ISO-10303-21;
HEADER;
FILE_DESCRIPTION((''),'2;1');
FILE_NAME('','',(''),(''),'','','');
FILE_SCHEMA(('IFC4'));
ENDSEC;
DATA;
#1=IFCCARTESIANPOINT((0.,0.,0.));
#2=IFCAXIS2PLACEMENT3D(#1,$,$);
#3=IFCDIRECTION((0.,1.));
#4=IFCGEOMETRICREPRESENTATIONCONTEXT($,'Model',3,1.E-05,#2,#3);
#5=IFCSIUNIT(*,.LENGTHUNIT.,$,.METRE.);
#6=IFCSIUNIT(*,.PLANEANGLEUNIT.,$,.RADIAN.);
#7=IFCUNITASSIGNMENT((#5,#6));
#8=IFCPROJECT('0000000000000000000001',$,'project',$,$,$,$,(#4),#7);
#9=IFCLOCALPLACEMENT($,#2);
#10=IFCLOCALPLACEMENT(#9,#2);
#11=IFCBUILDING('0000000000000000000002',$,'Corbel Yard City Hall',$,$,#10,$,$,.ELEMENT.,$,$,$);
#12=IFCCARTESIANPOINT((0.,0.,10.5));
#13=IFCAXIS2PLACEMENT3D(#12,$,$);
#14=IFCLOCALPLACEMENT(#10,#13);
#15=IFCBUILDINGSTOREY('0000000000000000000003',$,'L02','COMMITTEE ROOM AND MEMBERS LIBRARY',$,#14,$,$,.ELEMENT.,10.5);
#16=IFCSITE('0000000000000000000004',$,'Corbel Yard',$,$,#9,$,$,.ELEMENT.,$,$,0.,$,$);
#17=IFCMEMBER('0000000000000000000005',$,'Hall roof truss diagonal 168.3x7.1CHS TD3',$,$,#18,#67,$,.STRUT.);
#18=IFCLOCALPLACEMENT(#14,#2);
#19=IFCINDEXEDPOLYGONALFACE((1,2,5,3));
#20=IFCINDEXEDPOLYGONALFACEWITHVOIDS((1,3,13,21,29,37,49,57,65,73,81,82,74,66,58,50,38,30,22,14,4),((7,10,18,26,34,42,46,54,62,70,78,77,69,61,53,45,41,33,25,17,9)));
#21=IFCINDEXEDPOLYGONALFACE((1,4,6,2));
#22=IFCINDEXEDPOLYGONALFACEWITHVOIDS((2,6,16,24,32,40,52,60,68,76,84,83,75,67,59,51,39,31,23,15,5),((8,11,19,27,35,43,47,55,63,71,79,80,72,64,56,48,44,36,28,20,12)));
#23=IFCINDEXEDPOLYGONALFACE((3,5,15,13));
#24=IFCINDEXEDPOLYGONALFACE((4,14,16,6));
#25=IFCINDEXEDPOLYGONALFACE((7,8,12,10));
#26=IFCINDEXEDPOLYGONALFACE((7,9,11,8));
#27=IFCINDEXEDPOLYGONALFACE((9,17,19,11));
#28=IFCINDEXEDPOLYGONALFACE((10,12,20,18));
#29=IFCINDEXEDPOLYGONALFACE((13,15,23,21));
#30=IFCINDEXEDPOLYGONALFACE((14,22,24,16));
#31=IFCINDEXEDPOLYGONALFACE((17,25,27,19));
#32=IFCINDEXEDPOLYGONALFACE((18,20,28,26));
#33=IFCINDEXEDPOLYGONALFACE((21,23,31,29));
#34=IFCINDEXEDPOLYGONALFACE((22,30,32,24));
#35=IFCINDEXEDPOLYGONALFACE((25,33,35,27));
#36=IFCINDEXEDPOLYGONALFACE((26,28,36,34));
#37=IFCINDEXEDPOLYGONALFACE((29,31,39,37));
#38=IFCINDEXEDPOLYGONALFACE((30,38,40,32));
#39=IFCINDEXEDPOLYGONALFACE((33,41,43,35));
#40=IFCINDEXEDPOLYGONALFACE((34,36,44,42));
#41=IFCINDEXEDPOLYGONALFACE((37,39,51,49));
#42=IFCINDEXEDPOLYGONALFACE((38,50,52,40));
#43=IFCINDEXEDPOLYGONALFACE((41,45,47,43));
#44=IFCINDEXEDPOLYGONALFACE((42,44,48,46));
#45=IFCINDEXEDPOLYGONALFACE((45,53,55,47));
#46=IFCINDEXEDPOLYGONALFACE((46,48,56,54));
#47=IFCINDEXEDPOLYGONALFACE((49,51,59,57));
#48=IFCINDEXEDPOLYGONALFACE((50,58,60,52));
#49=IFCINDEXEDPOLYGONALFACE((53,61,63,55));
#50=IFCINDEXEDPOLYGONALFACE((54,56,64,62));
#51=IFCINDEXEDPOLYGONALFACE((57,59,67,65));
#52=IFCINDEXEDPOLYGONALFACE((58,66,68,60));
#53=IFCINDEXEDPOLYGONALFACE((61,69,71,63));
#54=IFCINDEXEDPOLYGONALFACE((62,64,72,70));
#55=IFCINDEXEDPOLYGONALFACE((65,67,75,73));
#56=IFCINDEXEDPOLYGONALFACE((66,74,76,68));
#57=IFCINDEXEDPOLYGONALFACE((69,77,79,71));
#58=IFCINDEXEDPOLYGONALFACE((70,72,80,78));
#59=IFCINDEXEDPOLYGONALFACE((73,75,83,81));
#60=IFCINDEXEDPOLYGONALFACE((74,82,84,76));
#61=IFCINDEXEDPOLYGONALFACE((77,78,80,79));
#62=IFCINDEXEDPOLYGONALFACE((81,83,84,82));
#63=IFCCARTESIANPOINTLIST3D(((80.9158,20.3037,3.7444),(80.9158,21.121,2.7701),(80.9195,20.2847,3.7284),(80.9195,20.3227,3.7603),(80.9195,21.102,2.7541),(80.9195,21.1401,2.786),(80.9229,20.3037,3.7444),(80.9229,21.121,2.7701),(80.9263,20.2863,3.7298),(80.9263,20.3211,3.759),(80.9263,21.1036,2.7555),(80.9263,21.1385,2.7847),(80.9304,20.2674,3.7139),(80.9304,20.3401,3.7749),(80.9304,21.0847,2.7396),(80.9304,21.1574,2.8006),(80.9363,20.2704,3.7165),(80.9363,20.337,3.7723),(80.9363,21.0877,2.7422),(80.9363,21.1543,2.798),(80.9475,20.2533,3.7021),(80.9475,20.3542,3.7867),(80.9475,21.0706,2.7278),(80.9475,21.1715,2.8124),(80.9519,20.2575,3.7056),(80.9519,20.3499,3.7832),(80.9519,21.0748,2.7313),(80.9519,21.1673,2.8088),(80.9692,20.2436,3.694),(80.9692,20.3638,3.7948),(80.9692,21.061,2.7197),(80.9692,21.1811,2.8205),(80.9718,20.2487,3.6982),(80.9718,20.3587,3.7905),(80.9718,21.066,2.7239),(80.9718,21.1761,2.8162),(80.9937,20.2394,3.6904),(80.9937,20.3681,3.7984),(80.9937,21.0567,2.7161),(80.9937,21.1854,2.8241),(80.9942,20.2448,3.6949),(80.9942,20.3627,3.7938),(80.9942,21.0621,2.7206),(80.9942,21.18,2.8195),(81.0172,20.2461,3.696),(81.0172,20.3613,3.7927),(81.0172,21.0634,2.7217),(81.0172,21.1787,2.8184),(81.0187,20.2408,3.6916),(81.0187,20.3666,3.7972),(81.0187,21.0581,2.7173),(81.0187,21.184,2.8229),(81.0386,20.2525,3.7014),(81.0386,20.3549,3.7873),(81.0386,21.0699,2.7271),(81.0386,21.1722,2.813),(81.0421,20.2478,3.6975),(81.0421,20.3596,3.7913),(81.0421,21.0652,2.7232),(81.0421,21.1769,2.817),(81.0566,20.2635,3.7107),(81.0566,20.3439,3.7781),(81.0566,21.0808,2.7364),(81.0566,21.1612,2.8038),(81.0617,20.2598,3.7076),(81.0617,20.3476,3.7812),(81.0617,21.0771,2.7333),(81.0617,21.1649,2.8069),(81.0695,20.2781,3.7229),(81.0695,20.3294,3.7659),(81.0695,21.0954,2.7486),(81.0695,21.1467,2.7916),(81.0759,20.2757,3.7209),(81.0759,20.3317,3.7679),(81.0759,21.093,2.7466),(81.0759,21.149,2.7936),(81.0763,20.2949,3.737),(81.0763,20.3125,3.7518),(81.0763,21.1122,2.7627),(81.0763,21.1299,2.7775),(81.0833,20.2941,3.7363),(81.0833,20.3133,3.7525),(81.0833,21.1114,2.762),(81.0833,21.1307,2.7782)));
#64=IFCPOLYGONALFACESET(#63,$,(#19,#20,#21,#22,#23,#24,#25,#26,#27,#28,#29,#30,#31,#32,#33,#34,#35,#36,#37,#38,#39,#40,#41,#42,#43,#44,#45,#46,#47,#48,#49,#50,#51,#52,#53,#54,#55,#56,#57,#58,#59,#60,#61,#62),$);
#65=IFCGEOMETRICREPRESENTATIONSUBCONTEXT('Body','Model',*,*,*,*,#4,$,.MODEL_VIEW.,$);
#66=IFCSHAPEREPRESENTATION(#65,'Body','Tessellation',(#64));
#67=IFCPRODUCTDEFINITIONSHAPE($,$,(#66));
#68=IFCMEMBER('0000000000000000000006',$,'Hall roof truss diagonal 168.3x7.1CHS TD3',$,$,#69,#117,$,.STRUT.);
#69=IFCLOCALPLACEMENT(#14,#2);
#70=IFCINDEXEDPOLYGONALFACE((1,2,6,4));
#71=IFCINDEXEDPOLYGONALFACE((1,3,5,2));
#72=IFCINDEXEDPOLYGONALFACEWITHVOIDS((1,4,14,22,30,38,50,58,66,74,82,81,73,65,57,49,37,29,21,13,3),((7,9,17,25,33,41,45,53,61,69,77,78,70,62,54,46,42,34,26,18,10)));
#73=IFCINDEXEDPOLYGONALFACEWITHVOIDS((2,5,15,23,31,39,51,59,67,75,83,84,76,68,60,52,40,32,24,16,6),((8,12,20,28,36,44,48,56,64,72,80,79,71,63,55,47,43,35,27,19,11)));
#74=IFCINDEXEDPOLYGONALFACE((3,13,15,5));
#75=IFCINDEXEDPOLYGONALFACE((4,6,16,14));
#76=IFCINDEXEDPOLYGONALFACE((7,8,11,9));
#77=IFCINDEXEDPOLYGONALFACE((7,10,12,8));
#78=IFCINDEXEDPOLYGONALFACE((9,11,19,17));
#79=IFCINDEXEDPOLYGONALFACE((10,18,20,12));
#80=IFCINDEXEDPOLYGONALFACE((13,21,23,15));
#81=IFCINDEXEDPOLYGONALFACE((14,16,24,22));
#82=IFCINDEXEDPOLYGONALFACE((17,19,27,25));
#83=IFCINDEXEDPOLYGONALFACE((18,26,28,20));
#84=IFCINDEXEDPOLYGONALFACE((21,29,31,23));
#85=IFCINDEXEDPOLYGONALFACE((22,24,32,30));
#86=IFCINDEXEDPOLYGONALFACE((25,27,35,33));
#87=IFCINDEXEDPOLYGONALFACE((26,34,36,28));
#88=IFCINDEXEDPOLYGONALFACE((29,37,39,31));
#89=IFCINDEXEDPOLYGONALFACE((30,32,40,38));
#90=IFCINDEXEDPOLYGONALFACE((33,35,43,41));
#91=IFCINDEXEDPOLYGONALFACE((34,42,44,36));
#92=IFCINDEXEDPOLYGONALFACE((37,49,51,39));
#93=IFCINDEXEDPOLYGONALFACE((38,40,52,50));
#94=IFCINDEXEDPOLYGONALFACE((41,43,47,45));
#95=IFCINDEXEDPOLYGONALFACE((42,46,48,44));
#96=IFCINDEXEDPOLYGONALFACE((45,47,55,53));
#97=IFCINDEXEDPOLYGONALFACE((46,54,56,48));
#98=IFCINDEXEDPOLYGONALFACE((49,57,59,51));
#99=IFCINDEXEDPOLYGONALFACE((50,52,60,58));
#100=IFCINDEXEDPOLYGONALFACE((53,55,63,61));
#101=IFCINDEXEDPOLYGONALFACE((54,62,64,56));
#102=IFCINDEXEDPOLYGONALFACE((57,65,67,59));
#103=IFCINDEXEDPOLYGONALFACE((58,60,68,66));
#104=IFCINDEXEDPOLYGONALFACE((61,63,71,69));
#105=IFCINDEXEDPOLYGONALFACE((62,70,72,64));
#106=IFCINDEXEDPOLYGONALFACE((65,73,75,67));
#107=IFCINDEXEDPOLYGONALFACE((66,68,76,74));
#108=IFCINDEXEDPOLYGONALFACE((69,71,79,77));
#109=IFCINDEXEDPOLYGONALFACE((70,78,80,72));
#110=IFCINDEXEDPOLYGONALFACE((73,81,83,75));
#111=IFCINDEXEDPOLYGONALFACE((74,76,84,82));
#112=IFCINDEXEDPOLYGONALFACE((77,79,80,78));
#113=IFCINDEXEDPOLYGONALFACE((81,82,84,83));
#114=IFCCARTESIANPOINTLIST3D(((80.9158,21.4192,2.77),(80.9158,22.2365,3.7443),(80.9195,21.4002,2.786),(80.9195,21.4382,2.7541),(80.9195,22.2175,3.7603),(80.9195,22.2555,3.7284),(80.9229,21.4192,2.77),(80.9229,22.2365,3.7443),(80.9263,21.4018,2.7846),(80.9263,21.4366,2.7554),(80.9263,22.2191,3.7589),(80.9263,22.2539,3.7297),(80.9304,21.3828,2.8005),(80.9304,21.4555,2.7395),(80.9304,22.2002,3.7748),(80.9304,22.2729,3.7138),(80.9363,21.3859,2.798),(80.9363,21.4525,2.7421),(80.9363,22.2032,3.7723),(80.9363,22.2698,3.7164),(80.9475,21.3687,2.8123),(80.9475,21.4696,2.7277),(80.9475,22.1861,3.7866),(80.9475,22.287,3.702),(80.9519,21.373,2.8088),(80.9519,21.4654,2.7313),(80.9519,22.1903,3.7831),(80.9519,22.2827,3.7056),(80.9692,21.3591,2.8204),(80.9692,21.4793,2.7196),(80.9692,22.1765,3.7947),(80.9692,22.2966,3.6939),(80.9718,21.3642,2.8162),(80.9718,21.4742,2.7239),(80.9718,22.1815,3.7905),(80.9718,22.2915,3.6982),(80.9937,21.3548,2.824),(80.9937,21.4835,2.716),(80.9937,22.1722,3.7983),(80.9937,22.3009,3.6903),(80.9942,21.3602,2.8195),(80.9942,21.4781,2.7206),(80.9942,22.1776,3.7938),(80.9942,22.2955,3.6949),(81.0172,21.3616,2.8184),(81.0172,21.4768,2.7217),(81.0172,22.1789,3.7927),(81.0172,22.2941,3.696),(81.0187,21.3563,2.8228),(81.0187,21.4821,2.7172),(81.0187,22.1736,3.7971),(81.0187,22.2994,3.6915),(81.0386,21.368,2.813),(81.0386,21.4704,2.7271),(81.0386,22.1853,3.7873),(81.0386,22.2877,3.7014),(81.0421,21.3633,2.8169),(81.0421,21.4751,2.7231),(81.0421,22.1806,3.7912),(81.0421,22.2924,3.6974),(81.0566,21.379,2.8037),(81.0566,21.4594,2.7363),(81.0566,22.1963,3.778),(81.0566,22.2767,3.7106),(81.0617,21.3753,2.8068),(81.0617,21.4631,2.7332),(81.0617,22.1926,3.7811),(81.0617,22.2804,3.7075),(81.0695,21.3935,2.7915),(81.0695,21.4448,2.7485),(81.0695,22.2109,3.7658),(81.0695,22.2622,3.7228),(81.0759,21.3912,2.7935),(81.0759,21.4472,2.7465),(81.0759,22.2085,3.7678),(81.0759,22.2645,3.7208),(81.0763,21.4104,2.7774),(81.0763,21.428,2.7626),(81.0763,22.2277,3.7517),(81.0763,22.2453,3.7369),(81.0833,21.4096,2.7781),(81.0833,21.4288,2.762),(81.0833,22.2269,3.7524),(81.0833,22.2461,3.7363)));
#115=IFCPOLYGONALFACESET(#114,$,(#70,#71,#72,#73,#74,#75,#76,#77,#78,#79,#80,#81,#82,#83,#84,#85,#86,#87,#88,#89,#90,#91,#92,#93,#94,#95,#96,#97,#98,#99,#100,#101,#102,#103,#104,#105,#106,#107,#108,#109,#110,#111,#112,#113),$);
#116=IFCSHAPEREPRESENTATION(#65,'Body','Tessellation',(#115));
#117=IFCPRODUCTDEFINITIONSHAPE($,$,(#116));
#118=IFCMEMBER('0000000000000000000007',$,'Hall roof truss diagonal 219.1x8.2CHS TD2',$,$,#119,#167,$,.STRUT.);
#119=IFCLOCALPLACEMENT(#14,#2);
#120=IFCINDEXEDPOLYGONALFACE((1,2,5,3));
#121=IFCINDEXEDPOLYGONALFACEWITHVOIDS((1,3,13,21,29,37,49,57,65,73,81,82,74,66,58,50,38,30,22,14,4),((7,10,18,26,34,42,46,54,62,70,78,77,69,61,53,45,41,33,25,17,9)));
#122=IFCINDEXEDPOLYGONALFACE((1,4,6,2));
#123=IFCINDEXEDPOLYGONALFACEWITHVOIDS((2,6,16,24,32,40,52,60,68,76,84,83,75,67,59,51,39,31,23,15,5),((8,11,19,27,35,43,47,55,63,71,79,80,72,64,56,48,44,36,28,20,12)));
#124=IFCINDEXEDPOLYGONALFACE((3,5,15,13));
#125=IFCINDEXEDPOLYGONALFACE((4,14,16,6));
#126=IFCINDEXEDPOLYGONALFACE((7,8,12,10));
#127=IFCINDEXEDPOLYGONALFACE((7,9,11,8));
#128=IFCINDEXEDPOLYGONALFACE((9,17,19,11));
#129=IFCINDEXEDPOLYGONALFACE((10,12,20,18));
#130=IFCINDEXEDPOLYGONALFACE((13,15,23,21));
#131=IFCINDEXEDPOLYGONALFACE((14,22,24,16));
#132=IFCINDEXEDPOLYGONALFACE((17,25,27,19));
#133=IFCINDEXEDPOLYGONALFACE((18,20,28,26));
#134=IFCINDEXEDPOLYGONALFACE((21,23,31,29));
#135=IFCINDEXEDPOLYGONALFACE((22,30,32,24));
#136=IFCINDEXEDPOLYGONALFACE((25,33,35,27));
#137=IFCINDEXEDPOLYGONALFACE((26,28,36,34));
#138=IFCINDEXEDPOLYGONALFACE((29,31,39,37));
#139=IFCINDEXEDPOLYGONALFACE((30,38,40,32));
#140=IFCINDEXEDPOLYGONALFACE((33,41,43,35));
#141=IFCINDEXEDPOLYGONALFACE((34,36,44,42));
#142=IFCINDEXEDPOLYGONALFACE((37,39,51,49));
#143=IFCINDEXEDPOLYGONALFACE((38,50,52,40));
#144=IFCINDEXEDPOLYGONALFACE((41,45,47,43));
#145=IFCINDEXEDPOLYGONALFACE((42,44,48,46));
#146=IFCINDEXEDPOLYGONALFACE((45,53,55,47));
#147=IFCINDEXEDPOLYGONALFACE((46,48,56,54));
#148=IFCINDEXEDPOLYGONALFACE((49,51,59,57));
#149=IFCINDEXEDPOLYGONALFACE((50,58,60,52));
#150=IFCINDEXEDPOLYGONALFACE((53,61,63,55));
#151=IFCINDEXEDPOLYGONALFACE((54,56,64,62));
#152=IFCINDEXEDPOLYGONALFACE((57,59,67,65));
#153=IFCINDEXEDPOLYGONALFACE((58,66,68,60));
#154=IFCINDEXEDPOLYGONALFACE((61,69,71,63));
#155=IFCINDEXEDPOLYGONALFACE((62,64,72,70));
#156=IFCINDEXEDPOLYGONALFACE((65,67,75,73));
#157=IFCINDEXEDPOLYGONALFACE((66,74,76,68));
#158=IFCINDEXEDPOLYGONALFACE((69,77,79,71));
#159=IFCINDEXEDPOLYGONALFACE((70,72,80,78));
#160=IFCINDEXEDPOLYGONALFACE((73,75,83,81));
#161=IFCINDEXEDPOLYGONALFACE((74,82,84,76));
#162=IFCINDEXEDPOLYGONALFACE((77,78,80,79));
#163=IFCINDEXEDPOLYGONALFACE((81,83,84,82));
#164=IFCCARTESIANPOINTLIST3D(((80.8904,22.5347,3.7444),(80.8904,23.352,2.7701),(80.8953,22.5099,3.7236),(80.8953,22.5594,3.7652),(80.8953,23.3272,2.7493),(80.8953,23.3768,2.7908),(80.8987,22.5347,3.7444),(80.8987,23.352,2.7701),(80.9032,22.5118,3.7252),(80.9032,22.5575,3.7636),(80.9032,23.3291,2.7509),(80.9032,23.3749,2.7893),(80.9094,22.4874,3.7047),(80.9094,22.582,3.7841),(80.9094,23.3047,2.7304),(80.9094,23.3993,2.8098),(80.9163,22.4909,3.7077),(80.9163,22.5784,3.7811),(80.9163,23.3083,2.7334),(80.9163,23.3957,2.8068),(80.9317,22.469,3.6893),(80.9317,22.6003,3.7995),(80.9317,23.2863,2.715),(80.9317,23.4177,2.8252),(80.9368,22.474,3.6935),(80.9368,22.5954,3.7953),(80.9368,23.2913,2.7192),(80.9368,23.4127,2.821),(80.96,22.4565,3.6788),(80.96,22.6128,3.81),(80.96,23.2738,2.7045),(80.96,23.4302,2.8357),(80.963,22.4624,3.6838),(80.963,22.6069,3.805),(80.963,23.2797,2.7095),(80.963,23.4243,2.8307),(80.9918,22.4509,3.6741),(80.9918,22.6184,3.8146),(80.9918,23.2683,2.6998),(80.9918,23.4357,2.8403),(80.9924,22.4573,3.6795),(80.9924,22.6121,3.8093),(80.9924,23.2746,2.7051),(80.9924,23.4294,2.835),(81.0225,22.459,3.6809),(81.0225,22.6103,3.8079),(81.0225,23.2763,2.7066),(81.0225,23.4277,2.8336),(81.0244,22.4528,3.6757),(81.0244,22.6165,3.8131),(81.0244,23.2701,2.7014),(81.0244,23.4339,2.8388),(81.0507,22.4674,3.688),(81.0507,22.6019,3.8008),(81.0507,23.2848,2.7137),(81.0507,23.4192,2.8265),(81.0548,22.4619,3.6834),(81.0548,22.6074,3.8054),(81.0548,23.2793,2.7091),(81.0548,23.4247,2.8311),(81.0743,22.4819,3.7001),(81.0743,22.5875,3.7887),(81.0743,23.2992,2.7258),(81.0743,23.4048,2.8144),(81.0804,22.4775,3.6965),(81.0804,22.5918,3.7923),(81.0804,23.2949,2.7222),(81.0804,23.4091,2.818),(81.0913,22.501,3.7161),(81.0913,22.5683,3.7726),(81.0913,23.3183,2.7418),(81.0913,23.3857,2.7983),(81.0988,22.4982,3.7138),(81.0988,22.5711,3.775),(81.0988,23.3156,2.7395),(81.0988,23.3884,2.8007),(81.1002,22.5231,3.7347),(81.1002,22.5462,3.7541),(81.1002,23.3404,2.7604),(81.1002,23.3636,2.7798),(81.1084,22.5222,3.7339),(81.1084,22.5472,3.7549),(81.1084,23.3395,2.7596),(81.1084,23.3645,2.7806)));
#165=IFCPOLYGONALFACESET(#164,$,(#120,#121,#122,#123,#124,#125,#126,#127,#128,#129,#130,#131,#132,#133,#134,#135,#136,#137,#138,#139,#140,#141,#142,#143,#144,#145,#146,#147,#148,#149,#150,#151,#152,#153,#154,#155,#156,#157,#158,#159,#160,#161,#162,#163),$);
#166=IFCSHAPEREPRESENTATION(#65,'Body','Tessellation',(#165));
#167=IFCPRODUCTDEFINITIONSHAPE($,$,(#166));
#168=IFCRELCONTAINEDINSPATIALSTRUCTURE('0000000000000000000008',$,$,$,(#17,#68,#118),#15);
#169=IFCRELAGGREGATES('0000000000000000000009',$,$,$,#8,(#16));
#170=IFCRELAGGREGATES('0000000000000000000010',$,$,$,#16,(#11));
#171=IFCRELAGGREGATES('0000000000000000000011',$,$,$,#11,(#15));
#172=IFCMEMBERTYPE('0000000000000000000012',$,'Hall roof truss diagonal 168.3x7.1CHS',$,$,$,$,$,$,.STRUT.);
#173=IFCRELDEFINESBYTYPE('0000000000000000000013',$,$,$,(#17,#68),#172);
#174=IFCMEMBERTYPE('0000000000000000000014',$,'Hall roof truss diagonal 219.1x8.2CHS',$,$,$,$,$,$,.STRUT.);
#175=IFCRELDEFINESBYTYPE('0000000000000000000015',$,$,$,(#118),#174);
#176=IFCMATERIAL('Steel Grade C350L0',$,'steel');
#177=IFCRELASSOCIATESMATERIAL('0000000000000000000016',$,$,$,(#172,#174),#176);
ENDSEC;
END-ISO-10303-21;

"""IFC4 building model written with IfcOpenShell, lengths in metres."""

from ifc_helpers import new_model, si_unit, direction, frame, origin, origin_2d, place, context, subcontext, project, spatial, hollow_circle, extrude, material, material_profile, profile_set, type_object, element, save


model = new_model("IFC4")

# Units and contexts
model_context = context("Model", 3, precision=1e-05, world=origin(), true_north=direction((0.0, 1.0)))
body_context = subcontext(model_context, "Body", "Model", "MODEL_VIEW")
ifc_project = project(units=[si_unit("LENGTHUNIT", "METRE"), si_unit("PLANEANGLEUNIT", "RADIAN")], contexts=[model_context])

# Site, building, storey
site_placement = place(None, origin())
site = spatial("IfcSite", under=ifc_project, at=site_placement, Name="Corbel Yard", CompositionType="ELEMENT", RefElevation=0.0)
building_placement = place(site_placement, origin())
building = spatial("IfcBuilding", under=site, at=building_placement, Name="Corbel Yard City Hall", CompositionType="ELEMENT")
storey_placement = place(building_placement, frame((0.0, 0.0, 10.5)))
storey = spatial("IfcBuildingStorey", under=building, at=storey_placement, Name="L02", Description="COMMITTEE ROOM AND MEMBERS LIBRARY", CompositionType="ELEMENT", Elevation=10.5)

# Members
ifc_material_1 = material(Name="Steel Grade C350L0", Category="steel")
ifc_material_profile_1 = material_profile(ifc_material_1, hollow_circle(Radius=0.0842, WallThickness=0.0071, at=origin_2d()), Name="168.3x7.1CHS")
ifc_profile_set_1 = profile_set([ifc_material_profile_1], Name="Steel Grade C350L0")
member_type_1 = type_object("IfcMemberType", Name="Hall roof truss diagonal 168.3x7.1CHS", PredefinedType="STRUT", material=ifc_profile_set_1)
for number, where, z_axis, x_axis, name in (
    (1, (81.0, 20.3037, 3.7444), (0.0, 0.642692, -0.766124), (-1.0, 0.0, 0.0), "Hall roof truss diagonal 168.3x7.1CHS TD3"),
    (2, (81.0, 21.4192, 2.77), (0.0, 0.642692, 0.766124), (-1.0, 0.0, 0.0), "Hall roof truss diagonal 168.3x7.1CHS TD3"),
):
    element("IfcMember", number, at=place(storey_placement, frame(where, z_axis=z_axis, x_axis=x_axis)), inside=storey, type_object=member_type_1, Name=name, PredefinedType="STRUT", context=body_context, shape_type="SweptSolid", body=[
        extrude(hollow_circle(Radius=0.0842, WallThickness=0.0071, at=origin_2d()), origin(), (0.0, 0.0, 1.0), 1.2717),
    ])
ifc_material_profile_2 = material_profile(ifc_material_1, hollow_circle(Radius=0.1096, WallThickness=0.0083, at=origin_2d()), Name="219.1x8.2CHS")
ifc_profile_set_2 = profile_set([ifc_material_profile_2], Name="Steel Grade C350L0")
member_type_2 = type_object("IfcMemberType", Name="Hall roof truss diagonal 219.1x8.2CHS", PredefinedType="STRUT", material=ifc_profile_set_2)
for number, where, z_axis, x_axis, name in (
    (3, (81.0, 22.5347, 3.7444), (0.0, 0.642692, -0.766124), (-1.0, 0.0, 0.0), "Hall roof truss diagonal 219.1x8.2CHS TD2"),
):
    element("IfcMember", number, at=place(storey_placement, frame(where, z_axis=z_axis, x_axis=x_axis)), inside=storey, type_object=member_type_2, Name=name, PredefinedType="STRUT", context=body_context, shape_type="SweptSolid", body=[
        extrude(hollow_circle(Radius=0.1096, WallThickness=0.0083, at=origin_2d()), origin(), (0.0, 0.0, 1.0), 1.2717),
    ])

save(model, "model.ifc")
